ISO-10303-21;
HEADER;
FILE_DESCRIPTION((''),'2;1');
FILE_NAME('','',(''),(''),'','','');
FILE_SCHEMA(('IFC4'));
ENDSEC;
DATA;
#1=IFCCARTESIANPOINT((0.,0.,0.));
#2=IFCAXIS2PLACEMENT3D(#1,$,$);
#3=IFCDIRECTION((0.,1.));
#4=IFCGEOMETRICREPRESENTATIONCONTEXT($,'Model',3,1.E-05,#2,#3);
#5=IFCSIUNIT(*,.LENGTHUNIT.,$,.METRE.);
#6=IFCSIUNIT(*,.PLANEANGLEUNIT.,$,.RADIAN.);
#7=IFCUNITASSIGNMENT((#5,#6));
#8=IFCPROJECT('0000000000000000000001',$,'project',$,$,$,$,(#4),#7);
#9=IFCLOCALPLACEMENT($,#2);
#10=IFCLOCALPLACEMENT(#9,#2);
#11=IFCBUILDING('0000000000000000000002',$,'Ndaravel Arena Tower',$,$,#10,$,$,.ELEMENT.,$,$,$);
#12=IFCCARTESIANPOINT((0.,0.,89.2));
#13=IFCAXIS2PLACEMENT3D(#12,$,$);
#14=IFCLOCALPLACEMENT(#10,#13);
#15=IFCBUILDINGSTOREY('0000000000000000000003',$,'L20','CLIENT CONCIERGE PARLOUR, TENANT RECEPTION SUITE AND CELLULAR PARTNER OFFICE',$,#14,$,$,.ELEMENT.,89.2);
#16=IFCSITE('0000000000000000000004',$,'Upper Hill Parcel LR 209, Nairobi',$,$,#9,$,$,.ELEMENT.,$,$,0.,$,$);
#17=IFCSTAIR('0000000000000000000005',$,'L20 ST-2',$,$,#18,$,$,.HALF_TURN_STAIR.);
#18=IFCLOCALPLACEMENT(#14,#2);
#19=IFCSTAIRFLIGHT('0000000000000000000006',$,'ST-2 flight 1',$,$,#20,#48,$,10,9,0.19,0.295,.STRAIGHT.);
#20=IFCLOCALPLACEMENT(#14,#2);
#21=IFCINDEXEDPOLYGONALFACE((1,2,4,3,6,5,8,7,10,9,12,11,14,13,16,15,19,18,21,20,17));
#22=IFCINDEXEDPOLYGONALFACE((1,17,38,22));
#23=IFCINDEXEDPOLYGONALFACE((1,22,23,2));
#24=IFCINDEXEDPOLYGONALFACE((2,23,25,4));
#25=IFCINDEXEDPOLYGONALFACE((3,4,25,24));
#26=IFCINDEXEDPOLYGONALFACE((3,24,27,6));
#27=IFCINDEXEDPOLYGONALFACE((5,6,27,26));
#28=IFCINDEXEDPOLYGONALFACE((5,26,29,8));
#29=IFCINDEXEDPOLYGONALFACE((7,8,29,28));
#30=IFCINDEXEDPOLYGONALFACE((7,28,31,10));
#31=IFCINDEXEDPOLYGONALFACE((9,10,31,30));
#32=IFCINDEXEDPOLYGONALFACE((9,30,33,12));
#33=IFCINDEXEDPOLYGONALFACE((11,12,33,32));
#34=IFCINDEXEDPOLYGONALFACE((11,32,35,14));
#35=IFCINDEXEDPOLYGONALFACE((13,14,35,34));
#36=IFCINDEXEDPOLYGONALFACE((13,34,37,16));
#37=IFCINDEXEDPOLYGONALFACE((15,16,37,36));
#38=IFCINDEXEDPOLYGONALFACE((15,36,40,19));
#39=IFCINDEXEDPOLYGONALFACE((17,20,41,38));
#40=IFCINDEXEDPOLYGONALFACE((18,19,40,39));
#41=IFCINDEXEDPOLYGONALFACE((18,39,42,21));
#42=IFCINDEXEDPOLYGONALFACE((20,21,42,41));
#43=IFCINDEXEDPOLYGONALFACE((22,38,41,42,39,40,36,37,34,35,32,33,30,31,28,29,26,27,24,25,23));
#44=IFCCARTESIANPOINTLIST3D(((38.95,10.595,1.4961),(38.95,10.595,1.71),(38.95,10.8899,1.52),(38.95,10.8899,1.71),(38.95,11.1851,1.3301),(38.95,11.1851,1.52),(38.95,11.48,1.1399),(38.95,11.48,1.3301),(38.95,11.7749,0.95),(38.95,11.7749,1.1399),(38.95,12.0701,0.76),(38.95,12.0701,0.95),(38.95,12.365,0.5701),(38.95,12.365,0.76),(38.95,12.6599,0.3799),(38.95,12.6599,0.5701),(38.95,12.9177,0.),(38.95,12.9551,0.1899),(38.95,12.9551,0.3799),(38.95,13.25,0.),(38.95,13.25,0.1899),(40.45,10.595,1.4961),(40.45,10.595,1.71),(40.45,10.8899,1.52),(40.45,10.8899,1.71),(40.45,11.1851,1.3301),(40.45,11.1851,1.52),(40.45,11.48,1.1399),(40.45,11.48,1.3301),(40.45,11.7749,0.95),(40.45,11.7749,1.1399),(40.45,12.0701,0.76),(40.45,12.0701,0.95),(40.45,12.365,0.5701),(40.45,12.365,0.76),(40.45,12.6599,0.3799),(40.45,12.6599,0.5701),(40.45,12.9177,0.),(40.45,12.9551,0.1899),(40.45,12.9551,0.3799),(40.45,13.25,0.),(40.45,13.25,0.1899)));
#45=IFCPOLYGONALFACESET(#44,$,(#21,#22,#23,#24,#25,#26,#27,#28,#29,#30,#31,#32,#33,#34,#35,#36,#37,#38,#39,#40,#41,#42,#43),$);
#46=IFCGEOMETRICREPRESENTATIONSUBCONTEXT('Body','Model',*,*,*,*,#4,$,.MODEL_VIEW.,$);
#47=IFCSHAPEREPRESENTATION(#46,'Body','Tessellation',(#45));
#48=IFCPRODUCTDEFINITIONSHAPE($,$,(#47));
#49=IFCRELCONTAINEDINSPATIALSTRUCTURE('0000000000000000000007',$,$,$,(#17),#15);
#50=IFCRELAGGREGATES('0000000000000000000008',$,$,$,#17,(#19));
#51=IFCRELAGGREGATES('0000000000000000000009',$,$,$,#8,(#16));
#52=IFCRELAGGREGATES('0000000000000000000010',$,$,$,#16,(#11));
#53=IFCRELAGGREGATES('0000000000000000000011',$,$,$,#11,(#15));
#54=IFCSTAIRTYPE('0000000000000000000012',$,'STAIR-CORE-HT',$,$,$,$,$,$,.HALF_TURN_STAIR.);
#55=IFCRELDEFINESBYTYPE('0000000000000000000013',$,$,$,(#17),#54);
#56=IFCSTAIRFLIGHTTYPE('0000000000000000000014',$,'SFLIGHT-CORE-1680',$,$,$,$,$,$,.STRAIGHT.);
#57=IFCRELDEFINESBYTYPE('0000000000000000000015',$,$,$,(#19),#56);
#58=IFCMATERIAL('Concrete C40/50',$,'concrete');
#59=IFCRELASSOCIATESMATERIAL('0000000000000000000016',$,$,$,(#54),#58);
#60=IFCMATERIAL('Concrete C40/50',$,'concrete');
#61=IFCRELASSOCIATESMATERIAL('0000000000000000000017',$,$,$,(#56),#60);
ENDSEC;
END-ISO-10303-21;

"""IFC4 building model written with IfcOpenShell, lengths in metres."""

from ifc_helpers import new_model, si_unit, direction, frame, origin, place, context, subcontext, project, spatial, polyline, outline, extrude, material, type_object, element, aggregate, save


model = new_model("IFC4")

# Units and contexts
model_context = context("Model", 3, precision=1e-05, world=origin(), true_north=direction((0.0, 1.0)))
body_context = subcontext(model_context, "Body", "Model", "MODEL_VIEW")
ifc_project = project(units=[si_unit("LENGTHUNIT", "METRE"), si_unit("PLANEANGLEUNIT", "RADIAN")], contexts=[model_context])

# Site, building, storey
site_placement = place(None, origin())
site = spatial("IfcSite", under=ifc_project, at=site_placement, Name="Upper Hill Parcel LR 209, Nairobi", CompositionType="ELEMENT", RefElevation=0.0)
building_placement = place(site_placement, origin())
building = spatial("IfcBuilding", under=site, at=building_placement, Name="Ndaravel Arena Tower", CompositionType="ELEMENT")
storey_placement = place(building_placement, frame((0.0, 0.0, 89.2)))
storey = spatial("IfcBuildingStorey", under=building, at=storey_placement, Name="L20", Description="CLIENT CONCIERGE PARLOUR, TENANT RECEPTION SUITE AND CELLULAR PARTNER OFFICE", CompositionType="ELEMENT", Elevation=89.2)

# Stair, stair flight
ifc_material_1 = material(Name="Concrete C40/50", Category="concrete")
stair_type = type_object("IfcStairType", Name="STAIR-CORE-HT", PredefinedType="HALF_TURN_STAIR", material=ifc_material_1)
stair_placement = place(storey_placement, origin())
stair = element("IfcStair", 1, at=stair_placement, inside=storey, type_object=stair_type, Name="L20 ST-2", PredefinedType="HALF_TURN_STAIR")
ifc_material_2 = material(Name="Concrete C40/50", Category="concrete")
stair_flight_type = type_object("IfcStairFlightType", Name="SFLIGHT-CORE-1680", PredefinedType="STRAIGHT", material=ifc_material_2)
stair_flight_placement = place(storey_placement, frame((39.7, 13.25, 0.0), z_axis=(0.0, 0.0, 1.0), x_axis=(0.0, -1.0, 0.0)))
stair_flight = element("IfcStairFlight", 2, at=stair_flight_placement, type_object=stair_flight_type, Name="ST-2 flight 1", NumberOfRisers=10, NumberOfTreads=9, PredefinedType="STRAIGHT", RiserHeight=0.19, TreadLength=0.295, context=body_context, shape_type="SweptSolid", body=[
    extrude(outline(polyline([(0.0, 0.0), (0.0, 0.1899), (0.2949, 0.1899), (0.2949, 0.3799), (0.5901, 0.3799), (0.5901, 0.5701), (0.885, 0.5701), (0.885, 0.76), (1.1799, 0.76), (1.1799, 0.95), (1.4751, 0.95), (1.4751, 1.1399), (1.77, 1.1399), (1.77, 1.3301), (2.0649, 1.3301), (2.0649, 1.52), (2.3601, 1.52), (2.3601, 1.71), (2.655, 1.71), (2.655, 1.8999), (2.655, 1.4961), (0.3323, 0.0), (0.0, 0.0)])), frame((0.0, 0.75, 0.0), z_axis=(0.0, -1.0, 0.0), x_axis=(1.0, 0.0, 0.0)), (0.0, 0.0, 1.0), 1.5),
])
aggregate(stair, [stair_flight])

save(model, "model.ifc")
